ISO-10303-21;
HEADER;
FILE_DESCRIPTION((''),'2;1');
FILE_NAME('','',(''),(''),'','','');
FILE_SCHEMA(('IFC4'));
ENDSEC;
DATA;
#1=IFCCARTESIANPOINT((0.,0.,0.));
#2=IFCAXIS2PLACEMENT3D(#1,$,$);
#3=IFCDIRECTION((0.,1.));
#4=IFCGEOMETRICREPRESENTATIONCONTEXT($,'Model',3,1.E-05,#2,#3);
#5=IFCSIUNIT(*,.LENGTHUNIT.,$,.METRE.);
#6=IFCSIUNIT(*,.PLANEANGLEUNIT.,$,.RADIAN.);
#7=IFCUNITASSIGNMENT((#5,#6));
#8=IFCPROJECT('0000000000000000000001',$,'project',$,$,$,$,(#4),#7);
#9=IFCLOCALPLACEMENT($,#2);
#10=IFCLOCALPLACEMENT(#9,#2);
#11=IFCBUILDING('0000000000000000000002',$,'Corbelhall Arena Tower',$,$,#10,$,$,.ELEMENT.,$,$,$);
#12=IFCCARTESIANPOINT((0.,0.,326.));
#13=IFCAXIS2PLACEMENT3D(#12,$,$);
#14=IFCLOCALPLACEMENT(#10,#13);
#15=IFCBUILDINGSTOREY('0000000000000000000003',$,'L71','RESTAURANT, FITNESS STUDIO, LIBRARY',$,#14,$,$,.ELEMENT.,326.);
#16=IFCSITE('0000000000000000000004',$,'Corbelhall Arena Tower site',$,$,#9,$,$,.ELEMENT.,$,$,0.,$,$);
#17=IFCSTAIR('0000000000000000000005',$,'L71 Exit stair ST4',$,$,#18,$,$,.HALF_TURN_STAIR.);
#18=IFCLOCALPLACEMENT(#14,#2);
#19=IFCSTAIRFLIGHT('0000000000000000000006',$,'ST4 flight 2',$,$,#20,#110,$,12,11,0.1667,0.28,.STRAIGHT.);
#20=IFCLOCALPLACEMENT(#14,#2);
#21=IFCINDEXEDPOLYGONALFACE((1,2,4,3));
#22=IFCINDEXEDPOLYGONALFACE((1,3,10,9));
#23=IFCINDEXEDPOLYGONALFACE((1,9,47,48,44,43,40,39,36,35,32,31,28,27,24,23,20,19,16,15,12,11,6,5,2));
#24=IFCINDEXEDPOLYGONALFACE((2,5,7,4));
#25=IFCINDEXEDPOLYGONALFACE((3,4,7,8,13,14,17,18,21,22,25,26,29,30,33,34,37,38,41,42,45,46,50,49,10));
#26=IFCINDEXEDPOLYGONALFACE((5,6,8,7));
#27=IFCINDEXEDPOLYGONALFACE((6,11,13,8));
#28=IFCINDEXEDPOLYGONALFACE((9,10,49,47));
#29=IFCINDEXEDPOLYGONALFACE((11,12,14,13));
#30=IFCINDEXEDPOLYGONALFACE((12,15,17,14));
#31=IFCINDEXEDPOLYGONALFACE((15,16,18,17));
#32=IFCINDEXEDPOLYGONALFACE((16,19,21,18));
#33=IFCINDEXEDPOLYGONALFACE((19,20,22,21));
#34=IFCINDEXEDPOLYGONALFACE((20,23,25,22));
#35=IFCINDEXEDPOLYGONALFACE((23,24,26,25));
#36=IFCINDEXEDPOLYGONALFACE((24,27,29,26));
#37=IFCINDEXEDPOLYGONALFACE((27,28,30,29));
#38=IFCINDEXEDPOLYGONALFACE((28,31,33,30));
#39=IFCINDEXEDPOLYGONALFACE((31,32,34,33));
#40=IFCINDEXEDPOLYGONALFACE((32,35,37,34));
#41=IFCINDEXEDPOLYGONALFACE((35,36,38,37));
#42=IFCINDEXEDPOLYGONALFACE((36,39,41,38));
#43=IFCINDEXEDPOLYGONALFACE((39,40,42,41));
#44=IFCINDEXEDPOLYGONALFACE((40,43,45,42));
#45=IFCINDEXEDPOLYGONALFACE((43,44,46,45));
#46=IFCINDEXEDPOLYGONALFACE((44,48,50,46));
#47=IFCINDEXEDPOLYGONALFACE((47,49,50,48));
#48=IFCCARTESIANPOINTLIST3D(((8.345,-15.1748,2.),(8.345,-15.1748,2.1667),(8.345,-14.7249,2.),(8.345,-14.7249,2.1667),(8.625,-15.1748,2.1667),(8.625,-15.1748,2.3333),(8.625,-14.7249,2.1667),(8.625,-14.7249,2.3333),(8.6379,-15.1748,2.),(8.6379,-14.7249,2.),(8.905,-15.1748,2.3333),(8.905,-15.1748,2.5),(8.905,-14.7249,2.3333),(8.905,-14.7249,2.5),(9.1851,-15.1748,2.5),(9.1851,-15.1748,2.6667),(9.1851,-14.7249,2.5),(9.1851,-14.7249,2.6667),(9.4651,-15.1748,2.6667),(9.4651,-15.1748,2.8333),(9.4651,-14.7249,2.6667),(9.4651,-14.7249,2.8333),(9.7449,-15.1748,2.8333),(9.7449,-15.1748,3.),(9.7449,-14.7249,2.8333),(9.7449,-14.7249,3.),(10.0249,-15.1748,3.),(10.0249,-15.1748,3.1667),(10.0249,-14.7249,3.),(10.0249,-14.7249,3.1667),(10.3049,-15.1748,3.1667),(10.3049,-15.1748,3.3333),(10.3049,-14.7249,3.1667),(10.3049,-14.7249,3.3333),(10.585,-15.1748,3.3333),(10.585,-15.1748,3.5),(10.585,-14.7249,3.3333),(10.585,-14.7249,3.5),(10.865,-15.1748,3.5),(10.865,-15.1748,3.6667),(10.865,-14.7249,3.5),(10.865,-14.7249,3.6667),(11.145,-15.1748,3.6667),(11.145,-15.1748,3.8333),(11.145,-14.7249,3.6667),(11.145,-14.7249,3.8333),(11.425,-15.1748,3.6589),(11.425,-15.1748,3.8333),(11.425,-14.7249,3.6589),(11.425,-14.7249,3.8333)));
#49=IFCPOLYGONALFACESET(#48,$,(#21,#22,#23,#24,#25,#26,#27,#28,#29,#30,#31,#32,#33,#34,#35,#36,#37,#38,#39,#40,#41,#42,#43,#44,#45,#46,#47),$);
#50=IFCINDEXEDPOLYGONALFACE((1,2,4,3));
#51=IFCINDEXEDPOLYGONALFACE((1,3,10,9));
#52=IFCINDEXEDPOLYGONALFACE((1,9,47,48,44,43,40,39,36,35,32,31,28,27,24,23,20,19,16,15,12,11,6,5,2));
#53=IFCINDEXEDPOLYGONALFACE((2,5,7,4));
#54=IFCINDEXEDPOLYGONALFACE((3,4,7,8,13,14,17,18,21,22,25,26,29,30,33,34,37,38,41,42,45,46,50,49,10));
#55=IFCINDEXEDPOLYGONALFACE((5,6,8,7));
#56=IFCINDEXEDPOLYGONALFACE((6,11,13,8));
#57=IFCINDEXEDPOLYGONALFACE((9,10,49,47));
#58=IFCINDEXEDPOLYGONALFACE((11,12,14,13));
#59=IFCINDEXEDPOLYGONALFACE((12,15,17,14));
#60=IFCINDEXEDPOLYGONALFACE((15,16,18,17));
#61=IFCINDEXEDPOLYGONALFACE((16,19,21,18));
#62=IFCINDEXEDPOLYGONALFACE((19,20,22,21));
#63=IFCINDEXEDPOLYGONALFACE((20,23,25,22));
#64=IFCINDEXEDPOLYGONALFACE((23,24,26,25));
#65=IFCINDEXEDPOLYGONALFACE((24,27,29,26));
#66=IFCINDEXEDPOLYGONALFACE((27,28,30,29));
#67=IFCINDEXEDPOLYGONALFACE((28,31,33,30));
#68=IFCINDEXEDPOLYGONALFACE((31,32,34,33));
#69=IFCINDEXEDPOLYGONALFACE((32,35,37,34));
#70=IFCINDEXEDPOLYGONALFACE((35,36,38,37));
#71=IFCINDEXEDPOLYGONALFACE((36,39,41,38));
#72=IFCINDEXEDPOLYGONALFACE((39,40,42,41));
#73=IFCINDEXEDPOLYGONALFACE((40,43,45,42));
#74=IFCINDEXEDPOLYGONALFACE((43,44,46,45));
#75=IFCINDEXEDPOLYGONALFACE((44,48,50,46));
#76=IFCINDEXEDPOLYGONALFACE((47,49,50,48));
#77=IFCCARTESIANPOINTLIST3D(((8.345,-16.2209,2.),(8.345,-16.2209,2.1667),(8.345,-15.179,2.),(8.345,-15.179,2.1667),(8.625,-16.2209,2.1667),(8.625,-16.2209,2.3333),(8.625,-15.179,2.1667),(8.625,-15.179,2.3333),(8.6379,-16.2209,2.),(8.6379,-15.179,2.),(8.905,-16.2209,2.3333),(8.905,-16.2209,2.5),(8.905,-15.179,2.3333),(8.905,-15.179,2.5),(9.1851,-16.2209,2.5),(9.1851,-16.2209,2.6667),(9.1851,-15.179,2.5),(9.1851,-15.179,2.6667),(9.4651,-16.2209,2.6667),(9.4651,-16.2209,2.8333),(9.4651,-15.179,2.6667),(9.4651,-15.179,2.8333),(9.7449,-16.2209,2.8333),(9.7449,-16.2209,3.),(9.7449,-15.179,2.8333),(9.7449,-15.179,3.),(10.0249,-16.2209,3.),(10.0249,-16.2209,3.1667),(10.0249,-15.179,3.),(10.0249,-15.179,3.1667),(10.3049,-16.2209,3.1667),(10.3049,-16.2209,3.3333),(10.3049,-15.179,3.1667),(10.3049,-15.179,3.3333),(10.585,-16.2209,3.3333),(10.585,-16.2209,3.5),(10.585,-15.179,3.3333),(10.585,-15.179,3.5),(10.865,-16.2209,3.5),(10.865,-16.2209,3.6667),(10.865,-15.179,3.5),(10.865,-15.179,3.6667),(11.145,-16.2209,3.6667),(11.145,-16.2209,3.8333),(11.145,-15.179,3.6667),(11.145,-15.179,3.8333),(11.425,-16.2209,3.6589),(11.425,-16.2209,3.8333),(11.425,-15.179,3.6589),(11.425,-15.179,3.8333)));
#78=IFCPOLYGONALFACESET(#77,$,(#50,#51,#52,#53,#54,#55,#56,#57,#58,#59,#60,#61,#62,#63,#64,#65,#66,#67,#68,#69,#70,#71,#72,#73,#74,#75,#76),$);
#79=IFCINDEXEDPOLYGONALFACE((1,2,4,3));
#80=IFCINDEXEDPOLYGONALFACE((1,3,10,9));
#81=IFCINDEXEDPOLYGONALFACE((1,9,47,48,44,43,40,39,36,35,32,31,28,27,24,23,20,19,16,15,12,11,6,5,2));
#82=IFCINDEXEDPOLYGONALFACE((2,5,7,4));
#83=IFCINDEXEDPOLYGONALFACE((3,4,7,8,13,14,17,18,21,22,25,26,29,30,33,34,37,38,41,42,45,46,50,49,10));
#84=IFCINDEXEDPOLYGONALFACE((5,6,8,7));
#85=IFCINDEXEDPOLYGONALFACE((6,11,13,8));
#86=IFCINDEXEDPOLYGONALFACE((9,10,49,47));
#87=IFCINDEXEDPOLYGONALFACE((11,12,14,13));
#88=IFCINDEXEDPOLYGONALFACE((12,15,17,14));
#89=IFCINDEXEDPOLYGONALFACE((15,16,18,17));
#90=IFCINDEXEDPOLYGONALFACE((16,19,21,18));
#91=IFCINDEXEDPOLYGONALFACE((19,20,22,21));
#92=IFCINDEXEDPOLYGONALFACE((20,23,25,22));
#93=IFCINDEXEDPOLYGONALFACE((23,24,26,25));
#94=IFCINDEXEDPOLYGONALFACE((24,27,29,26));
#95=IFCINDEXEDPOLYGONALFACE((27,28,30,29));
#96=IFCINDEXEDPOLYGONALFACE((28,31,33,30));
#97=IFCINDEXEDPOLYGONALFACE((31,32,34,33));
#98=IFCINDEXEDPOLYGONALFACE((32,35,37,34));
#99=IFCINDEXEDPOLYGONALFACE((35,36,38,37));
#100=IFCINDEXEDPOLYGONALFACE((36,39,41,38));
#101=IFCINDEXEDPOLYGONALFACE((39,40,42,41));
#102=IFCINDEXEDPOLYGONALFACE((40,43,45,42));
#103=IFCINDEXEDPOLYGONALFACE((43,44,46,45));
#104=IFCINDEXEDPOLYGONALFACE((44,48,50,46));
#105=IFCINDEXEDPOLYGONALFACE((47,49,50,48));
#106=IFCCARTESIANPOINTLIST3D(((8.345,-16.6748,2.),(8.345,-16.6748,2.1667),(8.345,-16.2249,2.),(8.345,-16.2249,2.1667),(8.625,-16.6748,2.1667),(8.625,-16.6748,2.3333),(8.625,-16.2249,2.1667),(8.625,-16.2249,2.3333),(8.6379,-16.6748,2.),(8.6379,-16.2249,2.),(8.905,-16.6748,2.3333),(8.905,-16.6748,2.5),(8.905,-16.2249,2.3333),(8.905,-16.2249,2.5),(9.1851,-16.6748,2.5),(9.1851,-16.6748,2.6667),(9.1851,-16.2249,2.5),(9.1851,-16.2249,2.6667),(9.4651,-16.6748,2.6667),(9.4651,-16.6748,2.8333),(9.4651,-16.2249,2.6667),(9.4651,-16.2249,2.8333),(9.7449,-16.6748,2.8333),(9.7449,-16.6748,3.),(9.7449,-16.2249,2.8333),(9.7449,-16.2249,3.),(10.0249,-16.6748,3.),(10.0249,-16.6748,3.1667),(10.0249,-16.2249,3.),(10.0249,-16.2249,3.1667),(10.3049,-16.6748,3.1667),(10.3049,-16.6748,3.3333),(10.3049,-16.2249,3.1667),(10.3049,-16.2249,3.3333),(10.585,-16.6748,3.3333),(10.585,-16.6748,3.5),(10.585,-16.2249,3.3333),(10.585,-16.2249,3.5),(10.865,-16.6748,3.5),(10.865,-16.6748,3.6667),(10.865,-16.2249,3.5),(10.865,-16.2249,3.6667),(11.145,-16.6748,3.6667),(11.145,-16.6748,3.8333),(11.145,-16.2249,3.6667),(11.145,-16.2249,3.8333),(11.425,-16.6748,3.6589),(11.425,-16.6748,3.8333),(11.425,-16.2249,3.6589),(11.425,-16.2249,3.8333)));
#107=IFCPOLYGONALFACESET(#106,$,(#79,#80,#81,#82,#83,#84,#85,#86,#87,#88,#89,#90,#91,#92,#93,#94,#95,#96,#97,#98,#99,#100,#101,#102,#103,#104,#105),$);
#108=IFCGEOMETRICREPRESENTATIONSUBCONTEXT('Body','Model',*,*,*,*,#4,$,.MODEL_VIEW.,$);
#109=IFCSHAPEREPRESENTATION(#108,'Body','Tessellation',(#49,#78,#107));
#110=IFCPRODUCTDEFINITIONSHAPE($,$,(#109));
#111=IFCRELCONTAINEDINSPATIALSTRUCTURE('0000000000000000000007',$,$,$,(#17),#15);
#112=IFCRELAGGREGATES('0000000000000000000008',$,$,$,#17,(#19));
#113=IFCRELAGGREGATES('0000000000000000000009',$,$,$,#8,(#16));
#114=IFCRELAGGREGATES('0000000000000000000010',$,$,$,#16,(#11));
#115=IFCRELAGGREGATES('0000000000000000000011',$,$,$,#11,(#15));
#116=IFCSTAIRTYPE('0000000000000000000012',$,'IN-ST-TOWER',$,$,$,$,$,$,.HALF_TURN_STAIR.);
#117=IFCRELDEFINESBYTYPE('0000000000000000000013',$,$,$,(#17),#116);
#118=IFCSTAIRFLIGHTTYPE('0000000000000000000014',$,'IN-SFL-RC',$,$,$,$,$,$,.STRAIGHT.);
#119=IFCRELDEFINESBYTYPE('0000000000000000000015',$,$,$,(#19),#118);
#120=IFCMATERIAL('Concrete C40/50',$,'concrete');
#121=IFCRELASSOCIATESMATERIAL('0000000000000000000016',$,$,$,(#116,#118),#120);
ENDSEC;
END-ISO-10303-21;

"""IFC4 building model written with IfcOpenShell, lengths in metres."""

from ifc_helpers import new_model, si_unit, direction, frame, origin, place, context, subcontext, project, spatial, polyline, outline, extrude, material, type_object, element, aggregate, save


model = new_model("IFC4")

# Units and contexts
model_context = context("Model", 3, precision=1e-05, world=origin(), true_north=direction((0.0, 1.0)))
body_context = subcontext(model_context, "Body", "Model", "MODEL_VIEW")
ifc_project = project(units=[si_unit("LENGTHUNIT", "METRE"), si_unit("PLANEANGLEUNIT", "RADIAN")], contexts=[model_context])

# Site, building, storey
site_placement = place(None, origin())
site = spatial("IfcSite", under=ifc_project, at=site_placement, Name="Corbelhall Arena Tower site", CompositionType="ELEMENT", RefElevation=0.0)
building_placement = place(site_placement, origin())
building = spatial("IfcBuilding", under=site, at=building_placement, Name="Corbelhall Arena Tower", CompositionType="ELEMENT")
storey_placement = place(building_placement, frame((0.0, 0.0, 326.0)))
storey = spatial("IfcBuildingStorey", under=building, at=storey_placement, Name="L71", Description="RESTAURANT, FITNESS STUDIO, LIBRARY", CompositionType="ELEMENT", Elevation=326.0)

# Shared definitions
ifc_material_1 = material(Name="Concrete C40/50", Category="concrete")

# Stair, stair flight
stair_type = type_object("IfcStairType", Name="IN-ST-TOWER", PredefinedType="HALF_TURN_STAIR", material=ifc_material_1)
stair_placement = place(storey_placement, origin())
stair = element("IfcStair", 1, at=stair_placement, inside=storey, type_object=stair_type, Name="L71 Exit stair ST4", PredefinedType="HALF_TURN_STAIR")
stair_flight_type = type_object("IfcStairFlightType", Name="IN-SFL-RC", PredefinedType="STRAIGHT", material=ifc_material_1)
stair_flight_placement = place(storey_placement, frame((8.345, -15.7, 2.0), z_axis=(0.0, 0.0, 1.0), x_axis=(1.0, 0.0, 0.0)))
stair_flight = element("IfcStairFlight", 2, at=stair_flight_placement, type_object=stair_flight_type, Name="ST4 flight 2", NumberOfRisers=12, NumberOfTreads=11, PredefinedType="STRAIGHT", RiserHeight=0.1667, TreadLength=0.28, context=body_context, shape_type="SweptSolid", body=[
    extrude(outline(polyline([(0.0, 0.0), (0.0, 0.1667), (0.28, 0.1667), (0.28, 0.3333), (0.5601, 0.3333), (0.5601, 0.5), (0.8401, 0.5), (0.8401, 0.6667), (1.1201, 0.6667), (1.1201, 0.8333), (1.3999, 0.8333), (1.3999, 1.0), (1.6799, 1.0), (1.6799, 1.1667), (1.96, 1.1667), (1.96, 1.3333), (2.24, 1.3333), (2.24, 1.5), (2.52, 1.5), (2.52, 1.6667), (2.8, 1.6667), (2.8, 1.8333), (3.0801, 1.8333), (3.0801, 2.0), (3.0801, 1.6589), (0.293, 0.0), (0.0, 0.0)])), frame((0.0, 0.9751, 0.0), z_axis=(0.0, -1.0, 0.0), x_axis=(1.0, 0.0, 0.0)), (0.0, 0.0, 1.0), 0.45),
    extrude(outline(polyline([(0.0, 0.0), (0.0, 0.1667), (0.28, 0.1667), (0.28, 0.3333), (0.5601, 0.3333), (0.5601, 0.5), (0.8401, 0.5), (0.8401, 0.6667), (1.1201, 0.6667), (1.1201, 0.8333), (1.3999, 0.8333), (1.3999, 1.0), (1.6799, 1.0), (1.6799, 1.1667), (1.96, 1.1667), (1.96, 1.3333), (2.24, 1.3333), (2.24, 1.5), (2.52, 1.5), (2.52, 1.6667), (2.8, 1.6667), (2.8, 1.8333), (3.0801, 1.8333), (3.0801, 2.0), (3.0801, 1.6589), (0.293, 0.0), (0.0, 0.0)])), frame((0.0, 0.521, 0.0), z_axis=(0.0, -1.0, 0.0), x_axis=(1.0, 0.0, 0.0)), (0.0, 0.0, 1.0), 1.042),
    extrude(outline(polyline([(0.0, 0.0), (0.0, 0.1667), (0.28, 0.1667), (0.28, 0.3333), (0.5601, 0.3333), (0.5601, 0.5), (0.8401, 0.5), (0.8401, 0.6667), (1.1201, 0.6667), (1.1201, 0.8333), (1.3999, 0.8333), (1.3999, 1.0), (1.6799, 1.0), (1.6799, 1.1667), (1.96, 1.1667), (1.96, 1.3333), (2.24, 1.3333), (2.24, 1.5), (2.52, 1.5), (2.52, 1.6667), (2.8, 1.6667), (2.8, 1.8333), (3.0801, 1.8333), (3.0801, 2.0), (3.0801, 1.6589), (0.293, 0.0), (0.0, 0.0)])), frame((0.0, -0.5249, 0.0), z_axis=(0.0, -1.0, 0.0), x_axis=(1.0, 0.0, 0.0)), (0.0, 0.0, 1.0), 0.45),
])
aggregate(stair, [stair_flight])

save(model, "model.ifc")
